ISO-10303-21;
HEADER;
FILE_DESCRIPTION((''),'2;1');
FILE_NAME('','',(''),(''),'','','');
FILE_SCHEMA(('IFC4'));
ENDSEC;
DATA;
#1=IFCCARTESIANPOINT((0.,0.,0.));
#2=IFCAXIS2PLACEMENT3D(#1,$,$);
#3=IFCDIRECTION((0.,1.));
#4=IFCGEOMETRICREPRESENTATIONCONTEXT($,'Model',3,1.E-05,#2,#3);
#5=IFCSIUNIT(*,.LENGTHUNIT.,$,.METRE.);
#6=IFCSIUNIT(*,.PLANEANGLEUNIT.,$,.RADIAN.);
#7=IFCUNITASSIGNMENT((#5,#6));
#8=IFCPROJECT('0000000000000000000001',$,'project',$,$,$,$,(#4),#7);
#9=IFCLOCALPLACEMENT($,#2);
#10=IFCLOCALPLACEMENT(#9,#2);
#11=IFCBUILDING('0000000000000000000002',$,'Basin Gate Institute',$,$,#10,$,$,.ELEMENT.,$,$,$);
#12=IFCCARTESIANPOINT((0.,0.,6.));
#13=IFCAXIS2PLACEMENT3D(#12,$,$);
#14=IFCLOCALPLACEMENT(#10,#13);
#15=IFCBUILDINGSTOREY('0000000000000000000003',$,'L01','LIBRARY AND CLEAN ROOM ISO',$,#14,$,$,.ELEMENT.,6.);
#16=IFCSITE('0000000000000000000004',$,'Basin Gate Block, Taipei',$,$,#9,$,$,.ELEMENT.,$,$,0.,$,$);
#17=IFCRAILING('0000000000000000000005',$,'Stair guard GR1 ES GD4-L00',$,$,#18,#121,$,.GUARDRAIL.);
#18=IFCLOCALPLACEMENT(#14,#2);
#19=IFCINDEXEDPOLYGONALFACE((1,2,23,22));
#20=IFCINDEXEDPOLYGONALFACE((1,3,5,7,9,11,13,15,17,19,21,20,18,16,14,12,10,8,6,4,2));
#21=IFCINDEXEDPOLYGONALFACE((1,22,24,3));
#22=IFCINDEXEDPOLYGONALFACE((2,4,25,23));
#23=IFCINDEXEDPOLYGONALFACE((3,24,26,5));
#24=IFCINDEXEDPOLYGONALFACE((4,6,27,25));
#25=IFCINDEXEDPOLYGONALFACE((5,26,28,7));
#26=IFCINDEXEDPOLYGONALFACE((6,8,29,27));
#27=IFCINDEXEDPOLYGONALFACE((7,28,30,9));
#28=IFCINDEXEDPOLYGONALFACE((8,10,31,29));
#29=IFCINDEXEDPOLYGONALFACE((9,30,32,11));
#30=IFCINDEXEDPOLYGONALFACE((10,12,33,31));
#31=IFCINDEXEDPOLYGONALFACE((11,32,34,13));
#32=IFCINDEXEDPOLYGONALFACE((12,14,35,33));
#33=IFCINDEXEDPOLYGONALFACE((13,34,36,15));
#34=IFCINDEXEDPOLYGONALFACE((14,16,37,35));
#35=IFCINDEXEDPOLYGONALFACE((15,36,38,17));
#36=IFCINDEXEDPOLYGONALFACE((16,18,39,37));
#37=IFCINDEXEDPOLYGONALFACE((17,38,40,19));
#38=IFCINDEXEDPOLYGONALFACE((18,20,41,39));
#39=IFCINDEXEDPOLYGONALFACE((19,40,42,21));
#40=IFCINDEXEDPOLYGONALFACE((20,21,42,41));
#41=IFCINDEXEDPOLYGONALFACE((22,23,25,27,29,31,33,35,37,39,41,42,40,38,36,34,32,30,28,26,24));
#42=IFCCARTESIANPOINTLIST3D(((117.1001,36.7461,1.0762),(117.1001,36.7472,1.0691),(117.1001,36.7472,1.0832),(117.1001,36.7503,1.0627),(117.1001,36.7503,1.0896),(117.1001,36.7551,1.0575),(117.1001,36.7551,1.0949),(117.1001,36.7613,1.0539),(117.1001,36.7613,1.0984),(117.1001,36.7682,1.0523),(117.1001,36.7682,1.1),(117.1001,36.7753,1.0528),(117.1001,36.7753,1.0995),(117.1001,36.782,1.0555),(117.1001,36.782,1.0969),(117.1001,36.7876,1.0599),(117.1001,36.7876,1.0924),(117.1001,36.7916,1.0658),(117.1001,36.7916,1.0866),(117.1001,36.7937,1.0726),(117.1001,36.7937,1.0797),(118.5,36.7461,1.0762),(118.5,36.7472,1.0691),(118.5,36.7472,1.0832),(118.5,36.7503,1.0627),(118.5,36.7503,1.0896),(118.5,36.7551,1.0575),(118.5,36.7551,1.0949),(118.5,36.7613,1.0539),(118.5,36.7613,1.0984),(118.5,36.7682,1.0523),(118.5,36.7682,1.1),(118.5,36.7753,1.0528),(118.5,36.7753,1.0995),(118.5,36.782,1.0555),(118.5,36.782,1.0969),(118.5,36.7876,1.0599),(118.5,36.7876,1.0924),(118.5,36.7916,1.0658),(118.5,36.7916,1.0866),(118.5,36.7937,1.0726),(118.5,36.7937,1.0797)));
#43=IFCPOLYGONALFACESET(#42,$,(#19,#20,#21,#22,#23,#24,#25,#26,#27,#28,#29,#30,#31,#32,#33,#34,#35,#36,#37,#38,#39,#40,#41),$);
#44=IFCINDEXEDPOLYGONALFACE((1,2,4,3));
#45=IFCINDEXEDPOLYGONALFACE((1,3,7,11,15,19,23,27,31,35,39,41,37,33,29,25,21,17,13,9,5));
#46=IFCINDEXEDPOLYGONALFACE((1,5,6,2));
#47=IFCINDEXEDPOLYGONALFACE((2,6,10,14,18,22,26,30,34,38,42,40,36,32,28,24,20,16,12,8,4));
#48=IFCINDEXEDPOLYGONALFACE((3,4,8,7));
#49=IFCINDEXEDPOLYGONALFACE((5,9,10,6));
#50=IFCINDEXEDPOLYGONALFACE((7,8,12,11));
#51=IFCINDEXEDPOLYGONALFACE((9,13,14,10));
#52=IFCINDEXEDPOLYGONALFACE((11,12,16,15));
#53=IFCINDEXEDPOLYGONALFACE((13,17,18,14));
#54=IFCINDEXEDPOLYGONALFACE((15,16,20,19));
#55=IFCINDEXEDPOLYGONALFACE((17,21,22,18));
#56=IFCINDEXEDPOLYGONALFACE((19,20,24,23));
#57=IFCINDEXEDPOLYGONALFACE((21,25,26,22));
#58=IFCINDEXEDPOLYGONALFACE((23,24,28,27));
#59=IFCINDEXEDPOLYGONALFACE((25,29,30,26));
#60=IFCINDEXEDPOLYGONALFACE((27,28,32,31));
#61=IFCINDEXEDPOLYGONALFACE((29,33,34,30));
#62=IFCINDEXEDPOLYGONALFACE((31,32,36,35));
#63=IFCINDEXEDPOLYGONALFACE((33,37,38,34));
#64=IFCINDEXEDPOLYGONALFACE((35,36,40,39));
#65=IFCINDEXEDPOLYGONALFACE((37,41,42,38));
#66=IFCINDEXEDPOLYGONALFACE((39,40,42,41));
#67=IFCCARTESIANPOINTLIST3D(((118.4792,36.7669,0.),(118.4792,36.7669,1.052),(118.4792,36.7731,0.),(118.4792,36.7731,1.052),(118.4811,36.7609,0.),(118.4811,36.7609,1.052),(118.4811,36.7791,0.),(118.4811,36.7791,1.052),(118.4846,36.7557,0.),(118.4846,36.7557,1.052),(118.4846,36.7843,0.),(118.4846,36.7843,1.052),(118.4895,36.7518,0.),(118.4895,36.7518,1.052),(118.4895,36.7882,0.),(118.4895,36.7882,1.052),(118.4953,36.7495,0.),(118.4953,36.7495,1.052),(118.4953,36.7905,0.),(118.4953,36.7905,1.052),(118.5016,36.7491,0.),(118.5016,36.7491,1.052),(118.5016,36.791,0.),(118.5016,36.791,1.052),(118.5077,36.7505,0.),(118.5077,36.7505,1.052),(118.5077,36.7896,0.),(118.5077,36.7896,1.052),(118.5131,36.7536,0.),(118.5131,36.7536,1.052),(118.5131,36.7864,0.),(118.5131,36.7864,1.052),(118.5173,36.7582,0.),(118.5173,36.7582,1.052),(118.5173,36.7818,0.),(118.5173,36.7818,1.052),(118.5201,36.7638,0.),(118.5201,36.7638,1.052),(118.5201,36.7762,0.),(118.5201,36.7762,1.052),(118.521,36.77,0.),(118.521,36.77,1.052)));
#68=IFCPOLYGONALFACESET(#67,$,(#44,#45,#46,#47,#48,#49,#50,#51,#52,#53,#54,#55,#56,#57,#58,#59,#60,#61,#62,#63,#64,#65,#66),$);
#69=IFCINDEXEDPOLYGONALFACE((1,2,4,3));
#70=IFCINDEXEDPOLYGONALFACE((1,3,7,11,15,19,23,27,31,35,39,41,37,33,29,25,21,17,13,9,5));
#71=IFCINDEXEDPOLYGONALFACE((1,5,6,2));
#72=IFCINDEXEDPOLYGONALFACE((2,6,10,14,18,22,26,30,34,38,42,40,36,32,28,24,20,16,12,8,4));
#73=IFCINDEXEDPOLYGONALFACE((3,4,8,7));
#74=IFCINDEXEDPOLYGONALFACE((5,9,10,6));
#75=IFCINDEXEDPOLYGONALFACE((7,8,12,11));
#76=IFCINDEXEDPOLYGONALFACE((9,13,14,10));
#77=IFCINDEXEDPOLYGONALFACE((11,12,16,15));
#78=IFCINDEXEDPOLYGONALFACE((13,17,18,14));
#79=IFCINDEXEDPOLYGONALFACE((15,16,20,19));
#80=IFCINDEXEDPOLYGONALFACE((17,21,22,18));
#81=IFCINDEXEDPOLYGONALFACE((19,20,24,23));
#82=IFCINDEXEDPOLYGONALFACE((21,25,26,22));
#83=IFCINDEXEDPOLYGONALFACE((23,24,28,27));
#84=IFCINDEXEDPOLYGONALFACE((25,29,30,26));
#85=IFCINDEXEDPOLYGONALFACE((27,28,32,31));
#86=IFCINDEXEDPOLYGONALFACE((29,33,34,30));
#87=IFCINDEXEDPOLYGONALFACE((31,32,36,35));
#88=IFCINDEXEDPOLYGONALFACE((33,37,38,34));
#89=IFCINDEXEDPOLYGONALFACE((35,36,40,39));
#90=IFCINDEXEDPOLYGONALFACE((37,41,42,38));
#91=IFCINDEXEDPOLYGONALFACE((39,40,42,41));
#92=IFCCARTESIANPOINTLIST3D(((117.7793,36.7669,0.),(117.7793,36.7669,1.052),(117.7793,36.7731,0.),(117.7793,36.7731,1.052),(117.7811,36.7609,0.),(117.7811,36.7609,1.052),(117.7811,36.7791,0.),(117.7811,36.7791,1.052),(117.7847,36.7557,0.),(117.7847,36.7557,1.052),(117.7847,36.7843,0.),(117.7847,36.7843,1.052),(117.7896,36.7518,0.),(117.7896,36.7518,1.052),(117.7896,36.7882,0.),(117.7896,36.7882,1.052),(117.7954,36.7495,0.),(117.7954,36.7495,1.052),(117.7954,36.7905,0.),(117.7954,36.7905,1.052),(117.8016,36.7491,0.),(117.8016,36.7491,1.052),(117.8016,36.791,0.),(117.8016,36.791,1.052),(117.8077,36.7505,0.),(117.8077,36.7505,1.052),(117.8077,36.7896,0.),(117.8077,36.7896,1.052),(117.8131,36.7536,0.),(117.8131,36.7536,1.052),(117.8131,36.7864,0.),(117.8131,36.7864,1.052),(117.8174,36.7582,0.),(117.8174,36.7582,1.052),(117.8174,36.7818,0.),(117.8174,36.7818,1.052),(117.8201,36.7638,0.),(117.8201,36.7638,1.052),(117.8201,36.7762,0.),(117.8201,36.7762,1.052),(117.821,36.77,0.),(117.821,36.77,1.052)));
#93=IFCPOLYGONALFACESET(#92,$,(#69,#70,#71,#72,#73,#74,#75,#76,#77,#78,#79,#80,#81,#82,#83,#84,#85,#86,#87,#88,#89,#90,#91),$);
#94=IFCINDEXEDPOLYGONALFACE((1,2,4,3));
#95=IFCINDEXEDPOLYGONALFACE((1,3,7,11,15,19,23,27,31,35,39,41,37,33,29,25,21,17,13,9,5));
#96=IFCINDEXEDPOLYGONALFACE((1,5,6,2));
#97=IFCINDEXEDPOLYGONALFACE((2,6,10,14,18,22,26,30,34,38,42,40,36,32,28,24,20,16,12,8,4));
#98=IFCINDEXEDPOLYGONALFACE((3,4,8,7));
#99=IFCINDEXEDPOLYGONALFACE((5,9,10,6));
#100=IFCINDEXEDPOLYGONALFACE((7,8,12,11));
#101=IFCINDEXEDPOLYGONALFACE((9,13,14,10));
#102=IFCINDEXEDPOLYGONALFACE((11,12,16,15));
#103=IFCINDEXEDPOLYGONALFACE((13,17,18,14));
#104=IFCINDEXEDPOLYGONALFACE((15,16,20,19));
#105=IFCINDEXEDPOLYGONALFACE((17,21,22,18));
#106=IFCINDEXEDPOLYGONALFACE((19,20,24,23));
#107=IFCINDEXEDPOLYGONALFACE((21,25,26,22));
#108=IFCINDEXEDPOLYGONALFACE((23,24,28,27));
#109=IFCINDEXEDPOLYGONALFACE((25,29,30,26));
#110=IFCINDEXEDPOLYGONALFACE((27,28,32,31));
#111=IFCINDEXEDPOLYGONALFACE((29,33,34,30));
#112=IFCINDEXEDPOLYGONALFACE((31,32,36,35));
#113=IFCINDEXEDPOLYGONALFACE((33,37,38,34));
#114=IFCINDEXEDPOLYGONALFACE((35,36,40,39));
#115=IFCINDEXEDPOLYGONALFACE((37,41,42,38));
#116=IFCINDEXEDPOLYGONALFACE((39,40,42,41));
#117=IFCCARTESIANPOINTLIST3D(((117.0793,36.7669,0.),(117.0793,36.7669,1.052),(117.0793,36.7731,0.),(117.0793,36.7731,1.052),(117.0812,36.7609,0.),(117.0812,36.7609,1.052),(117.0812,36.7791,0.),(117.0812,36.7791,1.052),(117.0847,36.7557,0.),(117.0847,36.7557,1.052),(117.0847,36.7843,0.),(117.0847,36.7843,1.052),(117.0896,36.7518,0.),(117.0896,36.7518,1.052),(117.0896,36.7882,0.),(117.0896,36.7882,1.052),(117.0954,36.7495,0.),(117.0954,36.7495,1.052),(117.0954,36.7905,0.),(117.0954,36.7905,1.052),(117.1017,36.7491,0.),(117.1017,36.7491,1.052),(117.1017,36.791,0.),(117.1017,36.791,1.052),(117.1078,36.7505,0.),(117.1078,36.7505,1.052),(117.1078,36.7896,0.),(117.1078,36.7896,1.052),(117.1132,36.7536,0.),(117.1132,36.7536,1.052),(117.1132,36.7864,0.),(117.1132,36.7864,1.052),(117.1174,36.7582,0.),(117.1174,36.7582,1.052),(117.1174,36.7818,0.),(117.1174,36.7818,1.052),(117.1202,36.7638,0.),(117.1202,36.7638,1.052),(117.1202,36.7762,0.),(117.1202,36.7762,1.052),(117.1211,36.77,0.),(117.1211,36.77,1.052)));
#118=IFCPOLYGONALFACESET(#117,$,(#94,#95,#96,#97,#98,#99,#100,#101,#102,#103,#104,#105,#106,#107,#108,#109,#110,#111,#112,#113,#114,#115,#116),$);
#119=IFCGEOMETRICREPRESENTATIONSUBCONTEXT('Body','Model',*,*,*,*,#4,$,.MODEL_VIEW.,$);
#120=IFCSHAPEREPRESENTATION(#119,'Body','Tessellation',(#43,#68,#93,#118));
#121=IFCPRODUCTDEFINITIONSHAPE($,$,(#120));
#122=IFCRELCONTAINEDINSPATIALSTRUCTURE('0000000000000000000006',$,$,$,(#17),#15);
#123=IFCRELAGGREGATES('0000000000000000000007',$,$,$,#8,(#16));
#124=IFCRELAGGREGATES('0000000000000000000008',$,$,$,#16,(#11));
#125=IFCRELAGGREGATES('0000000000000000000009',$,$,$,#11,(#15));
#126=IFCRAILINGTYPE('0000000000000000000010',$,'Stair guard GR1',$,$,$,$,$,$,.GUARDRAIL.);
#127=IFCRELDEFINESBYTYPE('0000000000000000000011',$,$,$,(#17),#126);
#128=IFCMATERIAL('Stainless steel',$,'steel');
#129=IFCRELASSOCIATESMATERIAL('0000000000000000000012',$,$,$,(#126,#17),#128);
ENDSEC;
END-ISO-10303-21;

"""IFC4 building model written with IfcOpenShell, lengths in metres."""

from ifc_helpers import new_model, si_unit, direction, frame, origin, origin_2d, place, context, subcontext, project, spatial, circle, extrude, material, type_object, element, save


model = new_model("IFC4")

# Units and contexts
model_context = context("Model", 3, precision=1e-05, world=origin(), true_north=direction((0.0, 1.0)))
body_context = subcontext(model_context, "Body", "Model", "MODEL_VIEW")
ifc_project = project(units=[si_unit("LENGTHUNIT", "METRE"), si_unit("PLANEANGLEUNIT", "RADIAN")], contexts=[model_context])

# Site, building, storey
site_placement = place(None, origin())
site = spatial("IfcSite", under=ifc_project, at=site_placement, Name="Basin Gate Block, Taipei", CompositionType="ELEMENT", RefElevation=0.0)
building_placement = place(site_placement, origin())
building = spatial("IfcBuilding", under=site, at=building_placement, Name="Basin Gate Institute", CompositionType="ELEMENT")
storey_placement = place(building_placement, frame((0.0, 0.0, 6.0)))
storey = spatial("IfcBuildingStorey", under=building, at=storey_placement, Name="L01", Description="LIBRARY AND CLEAN ROOM ISO", CompositionType="ELEMENT", Elevation=6.0)

# Railing
ifc_material_1 = material(Name="Stainless steel", Category="steel")
railing_type_1 = type_object("IfcRailingType", Name="Stair guard GR1", PredefinedType="GUARDRAIL", material=ifc_material_1)
railing_1_placement = place(storey_placement, frame((118.5, 36.77, 0.0)))
element("IfcRailing", 1, at=railing_1_placement, inside=storey, type_object=railing_type_1, material=ifc_material_1, Name="Stair guard GR1 ES GD4-L00", PredefinedType="GUARDRAIL", context=body_context, shape_type="SweptSolid", body=[
    extrude(circle(Radius=0.0239, at=origin_2d()), frame((0.0, 0.0, 1.0762), z_axis=(-1.0, 0.0, 0.0), x_axis=(0.0, -1.0, 0.0)), (0.0, 0.0, 1.0), 1.3999),
    extrude(circle(Radius=0.021, at=origin_2d()), origin(), (0.0, 0.0, 1.0), 1.052),
    extrude(circle(Radius=0.021, at=origin_2d()), frame((-0.7, 0.0, 0.0)), (0.0, 0.0, 1.0), 1.052),
    extrude(circle(Radius=0.021, at=origin_2d()), frame((-1.3999, 0.0, 0.0)), (0.0, 0.0, 1.0), 1.052),
])

save(model, "model.ifc")
